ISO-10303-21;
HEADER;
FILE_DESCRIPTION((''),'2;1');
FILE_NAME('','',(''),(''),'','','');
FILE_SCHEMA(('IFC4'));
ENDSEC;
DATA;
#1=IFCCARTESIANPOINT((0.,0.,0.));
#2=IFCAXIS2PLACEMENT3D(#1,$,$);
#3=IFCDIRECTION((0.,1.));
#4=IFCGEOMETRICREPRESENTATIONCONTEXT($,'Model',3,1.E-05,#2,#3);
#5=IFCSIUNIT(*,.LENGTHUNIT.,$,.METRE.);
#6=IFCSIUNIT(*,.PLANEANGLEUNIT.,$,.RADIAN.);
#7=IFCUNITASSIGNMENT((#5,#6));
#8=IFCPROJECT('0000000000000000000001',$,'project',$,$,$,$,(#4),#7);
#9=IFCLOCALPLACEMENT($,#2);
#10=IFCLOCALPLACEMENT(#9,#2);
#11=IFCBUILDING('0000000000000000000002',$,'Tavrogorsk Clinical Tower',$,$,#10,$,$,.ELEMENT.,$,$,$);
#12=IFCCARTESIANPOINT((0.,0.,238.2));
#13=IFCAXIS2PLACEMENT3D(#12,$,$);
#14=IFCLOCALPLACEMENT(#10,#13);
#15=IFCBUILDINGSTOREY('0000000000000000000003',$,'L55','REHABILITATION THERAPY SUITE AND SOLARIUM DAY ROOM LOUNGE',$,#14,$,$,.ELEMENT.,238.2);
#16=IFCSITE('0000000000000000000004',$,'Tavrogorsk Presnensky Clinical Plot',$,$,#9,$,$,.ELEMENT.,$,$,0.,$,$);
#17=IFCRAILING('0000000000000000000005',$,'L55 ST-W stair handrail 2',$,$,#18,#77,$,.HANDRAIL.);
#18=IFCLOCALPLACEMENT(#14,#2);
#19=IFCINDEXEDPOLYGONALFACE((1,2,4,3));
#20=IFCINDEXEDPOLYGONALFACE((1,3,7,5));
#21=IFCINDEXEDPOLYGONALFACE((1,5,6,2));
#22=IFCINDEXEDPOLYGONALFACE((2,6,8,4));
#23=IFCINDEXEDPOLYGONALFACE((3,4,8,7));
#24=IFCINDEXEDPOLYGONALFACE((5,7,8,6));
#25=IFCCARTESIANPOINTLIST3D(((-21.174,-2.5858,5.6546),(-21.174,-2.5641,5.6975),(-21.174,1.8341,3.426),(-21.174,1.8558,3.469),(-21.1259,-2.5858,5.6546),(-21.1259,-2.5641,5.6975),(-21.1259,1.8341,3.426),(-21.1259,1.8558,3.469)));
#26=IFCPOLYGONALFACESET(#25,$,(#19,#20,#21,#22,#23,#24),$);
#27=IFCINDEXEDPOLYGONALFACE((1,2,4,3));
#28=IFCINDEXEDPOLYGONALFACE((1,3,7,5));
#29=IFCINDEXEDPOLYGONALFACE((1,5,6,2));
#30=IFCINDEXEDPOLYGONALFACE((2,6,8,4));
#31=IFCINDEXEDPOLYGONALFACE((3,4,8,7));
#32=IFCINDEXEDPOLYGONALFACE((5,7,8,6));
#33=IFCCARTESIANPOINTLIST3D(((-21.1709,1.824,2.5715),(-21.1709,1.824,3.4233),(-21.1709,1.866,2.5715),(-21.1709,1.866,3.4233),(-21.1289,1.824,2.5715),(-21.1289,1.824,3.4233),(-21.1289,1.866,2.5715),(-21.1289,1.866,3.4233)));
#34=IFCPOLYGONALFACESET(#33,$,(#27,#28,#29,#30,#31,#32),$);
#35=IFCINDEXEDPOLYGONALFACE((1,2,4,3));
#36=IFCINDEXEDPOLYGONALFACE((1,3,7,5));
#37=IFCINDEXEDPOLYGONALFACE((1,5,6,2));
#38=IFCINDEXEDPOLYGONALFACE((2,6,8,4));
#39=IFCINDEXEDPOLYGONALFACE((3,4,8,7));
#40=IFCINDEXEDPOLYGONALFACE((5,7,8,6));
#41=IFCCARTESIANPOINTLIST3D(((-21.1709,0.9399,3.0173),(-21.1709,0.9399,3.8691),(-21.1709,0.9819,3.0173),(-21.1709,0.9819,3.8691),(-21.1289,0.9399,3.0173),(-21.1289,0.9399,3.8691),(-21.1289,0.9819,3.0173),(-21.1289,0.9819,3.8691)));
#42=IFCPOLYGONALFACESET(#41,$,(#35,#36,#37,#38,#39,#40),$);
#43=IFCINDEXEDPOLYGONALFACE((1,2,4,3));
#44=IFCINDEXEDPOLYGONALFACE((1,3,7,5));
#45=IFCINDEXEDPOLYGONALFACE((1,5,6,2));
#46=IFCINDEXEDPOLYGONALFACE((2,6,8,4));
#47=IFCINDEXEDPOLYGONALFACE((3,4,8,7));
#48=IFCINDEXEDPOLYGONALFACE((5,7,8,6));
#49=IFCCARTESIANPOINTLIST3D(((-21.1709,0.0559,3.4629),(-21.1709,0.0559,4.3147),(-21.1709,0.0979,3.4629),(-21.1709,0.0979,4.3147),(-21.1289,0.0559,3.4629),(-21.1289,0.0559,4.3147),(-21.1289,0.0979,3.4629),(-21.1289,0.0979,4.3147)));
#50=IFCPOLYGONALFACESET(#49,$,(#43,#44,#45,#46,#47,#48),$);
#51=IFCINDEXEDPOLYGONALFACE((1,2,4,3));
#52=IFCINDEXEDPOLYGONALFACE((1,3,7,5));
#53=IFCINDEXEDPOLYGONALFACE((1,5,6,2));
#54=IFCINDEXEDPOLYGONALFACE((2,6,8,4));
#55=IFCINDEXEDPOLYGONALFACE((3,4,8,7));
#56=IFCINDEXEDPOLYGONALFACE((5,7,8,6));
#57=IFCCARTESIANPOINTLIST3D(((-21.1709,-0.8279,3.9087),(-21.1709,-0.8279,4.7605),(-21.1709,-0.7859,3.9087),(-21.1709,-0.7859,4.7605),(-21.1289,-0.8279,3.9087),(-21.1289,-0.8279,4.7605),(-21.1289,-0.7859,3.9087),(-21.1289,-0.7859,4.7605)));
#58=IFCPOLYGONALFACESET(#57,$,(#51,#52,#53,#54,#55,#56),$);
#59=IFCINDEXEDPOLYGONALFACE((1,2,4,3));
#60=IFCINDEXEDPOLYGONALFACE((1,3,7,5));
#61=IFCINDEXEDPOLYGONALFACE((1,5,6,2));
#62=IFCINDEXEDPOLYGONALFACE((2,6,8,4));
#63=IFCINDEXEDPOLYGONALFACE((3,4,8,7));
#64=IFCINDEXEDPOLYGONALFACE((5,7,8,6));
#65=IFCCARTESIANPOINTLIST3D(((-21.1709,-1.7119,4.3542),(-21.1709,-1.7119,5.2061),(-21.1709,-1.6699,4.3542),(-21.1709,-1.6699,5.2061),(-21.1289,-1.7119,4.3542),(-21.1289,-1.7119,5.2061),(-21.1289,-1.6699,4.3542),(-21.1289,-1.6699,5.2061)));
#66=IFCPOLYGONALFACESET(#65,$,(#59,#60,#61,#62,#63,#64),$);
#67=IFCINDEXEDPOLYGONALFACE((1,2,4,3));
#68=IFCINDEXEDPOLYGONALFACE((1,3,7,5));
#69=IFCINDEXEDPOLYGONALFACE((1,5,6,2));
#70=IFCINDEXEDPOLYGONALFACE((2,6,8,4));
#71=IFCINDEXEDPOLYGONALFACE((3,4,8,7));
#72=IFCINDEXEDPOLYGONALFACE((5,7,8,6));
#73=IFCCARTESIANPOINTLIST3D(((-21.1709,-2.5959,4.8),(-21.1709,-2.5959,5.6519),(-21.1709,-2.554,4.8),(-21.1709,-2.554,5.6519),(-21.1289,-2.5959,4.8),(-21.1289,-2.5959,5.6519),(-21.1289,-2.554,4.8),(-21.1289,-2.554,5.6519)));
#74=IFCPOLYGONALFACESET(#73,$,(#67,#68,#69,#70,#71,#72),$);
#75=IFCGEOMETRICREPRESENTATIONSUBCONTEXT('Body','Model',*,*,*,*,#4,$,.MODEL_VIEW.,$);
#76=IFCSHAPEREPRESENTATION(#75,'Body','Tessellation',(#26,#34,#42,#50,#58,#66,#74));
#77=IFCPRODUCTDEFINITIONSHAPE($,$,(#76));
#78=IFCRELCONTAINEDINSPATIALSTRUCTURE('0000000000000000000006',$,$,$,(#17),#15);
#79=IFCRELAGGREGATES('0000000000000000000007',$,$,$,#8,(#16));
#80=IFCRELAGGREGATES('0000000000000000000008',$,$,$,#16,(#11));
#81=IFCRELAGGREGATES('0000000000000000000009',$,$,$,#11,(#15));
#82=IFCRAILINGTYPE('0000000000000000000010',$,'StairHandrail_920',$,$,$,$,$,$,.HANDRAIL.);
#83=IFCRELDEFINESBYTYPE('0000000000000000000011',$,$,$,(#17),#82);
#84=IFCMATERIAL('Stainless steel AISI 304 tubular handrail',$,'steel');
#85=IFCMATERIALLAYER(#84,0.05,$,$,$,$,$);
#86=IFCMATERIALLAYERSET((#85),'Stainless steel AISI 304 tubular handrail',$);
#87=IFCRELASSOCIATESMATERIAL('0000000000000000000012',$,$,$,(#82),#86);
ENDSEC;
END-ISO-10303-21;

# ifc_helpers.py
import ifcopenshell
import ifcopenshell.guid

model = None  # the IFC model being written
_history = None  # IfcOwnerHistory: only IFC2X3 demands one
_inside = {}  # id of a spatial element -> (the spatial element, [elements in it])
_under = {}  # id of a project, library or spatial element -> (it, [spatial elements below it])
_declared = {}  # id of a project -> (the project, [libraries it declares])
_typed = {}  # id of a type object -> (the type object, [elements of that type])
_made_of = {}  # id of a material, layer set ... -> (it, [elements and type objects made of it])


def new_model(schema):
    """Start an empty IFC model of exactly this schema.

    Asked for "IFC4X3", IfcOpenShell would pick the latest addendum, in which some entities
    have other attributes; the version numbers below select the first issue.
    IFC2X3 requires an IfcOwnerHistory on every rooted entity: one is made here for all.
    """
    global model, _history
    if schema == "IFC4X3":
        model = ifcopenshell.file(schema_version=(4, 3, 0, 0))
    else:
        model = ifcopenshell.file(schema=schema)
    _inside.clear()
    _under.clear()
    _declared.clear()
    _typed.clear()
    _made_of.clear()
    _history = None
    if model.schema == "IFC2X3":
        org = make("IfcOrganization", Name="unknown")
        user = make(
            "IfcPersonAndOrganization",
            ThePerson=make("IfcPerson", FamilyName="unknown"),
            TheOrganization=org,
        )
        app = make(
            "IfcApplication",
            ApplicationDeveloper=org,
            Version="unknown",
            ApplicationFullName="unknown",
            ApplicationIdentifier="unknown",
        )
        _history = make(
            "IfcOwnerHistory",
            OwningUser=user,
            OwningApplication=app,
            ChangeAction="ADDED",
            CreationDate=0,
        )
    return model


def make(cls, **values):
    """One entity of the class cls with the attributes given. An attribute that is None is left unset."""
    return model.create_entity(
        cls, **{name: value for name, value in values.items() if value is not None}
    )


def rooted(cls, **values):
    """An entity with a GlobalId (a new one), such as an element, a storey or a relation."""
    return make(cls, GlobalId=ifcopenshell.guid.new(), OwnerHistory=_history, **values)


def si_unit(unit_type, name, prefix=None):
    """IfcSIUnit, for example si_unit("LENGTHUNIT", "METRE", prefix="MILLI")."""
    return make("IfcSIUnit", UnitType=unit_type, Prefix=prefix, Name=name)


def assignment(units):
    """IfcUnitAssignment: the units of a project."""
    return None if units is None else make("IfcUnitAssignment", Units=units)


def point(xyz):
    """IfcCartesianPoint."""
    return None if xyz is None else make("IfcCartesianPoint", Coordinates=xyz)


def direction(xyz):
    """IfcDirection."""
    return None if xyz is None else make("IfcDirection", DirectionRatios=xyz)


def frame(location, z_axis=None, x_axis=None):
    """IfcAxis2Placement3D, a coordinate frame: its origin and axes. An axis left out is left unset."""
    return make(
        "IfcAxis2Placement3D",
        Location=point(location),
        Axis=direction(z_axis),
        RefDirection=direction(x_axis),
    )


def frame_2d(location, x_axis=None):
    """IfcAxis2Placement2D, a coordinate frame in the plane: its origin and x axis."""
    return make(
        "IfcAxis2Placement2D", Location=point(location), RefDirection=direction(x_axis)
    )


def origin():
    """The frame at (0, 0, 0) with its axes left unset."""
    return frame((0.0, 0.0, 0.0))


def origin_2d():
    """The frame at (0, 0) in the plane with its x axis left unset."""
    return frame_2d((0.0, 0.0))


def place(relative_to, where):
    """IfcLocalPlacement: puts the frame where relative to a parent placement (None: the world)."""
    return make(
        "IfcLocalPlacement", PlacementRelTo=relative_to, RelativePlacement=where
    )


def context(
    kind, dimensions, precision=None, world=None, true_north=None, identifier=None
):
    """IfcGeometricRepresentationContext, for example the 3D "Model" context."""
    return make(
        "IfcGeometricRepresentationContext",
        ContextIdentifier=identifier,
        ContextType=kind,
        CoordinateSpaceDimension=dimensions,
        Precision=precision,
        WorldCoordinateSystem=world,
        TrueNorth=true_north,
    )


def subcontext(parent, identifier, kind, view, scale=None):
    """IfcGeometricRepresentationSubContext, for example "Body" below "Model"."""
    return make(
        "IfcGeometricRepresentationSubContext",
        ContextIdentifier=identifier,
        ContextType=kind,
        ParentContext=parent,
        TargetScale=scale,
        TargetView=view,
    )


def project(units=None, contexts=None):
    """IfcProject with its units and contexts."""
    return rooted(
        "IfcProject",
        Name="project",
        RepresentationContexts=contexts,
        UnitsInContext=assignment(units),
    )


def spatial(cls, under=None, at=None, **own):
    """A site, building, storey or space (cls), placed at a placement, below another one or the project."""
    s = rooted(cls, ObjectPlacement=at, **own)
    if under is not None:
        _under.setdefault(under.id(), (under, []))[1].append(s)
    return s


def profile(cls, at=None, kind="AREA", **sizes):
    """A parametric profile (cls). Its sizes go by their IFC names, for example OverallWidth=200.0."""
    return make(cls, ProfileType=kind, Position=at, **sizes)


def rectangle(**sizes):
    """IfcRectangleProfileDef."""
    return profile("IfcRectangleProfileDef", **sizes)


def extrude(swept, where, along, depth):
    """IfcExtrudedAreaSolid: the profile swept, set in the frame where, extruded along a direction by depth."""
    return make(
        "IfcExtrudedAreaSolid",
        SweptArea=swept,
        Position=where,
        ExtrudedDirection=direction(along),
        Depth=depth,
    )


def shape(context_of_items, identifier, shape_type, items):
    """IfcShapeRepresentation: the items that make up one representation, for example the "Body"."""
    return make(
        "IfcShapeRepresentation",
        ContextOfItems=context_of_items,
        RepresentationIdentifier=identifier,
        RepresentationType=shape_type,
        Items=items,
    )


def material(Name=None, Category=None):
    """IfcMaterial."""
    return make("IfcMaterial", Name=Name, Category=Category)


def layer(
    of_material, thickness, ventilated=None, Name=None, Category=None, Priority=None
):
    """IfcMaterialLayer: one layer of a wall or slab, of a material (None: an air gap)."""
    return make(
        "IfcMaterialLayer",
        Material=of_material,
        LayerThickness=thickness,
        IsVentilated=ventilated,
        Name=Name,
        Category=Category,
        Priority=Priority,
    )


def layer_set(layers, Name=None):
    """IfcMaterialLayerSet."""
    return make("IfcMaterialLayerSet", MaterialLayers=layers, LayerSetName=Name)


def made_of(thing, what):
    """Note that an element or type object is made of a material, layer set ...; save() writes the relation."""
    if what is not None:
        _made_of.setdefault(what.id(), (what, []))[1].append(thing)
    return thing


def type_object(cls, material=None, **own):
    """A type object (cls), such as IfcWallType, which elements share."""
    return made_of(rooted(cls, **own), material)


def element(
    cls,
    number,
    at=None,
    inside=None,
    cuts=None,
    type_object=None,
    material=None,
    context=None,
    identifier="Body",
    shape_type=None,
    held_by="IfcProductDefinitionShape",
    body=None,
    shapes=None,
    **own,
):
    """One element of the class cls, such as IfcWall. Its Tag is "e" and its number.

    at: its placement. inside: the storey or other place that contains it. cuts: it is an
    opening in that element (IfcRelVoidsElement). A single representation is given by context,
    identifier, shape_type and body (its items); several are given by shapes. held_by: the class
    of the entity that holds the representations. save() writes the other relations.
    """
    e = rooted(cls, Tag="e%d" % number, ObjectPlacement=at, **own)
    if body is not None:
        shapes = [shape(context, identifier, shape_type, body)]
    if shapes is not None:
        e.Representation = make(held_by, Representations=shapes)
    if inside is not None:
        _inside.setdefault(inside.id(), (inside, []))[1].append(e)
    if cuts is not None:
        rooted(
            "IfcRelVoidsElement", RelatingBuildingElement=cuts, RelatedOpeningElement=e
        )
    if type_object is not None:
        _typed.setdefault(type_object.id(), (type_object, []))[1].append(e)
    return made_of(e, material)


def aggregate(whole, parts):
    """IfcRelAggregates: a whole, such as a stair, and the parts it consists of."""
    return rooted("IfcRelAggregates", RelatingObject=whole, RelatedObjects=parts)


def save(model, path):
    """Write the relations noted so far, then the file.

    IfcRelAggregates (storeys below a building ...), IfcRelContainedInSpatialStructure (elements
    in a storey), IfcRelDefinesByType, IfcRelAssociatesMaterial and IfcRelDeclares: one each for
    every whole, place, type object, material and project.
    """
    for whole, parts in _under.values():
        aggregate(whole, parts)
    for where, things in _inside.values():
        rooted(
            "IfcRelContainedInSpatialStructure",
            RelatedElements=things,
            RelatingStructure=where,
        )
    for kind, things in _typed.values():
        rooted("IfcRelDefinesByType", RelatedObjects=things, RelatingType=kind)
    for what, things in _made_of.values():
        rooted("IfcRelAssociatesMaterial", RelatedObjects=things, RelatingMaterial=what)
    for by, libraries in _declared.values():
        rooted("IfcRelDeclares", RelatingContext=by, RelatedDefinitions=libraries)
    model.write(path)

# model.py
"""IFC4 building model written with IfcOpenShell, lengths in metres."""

from ifc_helpers import new_model, si_unit, direction, frame, origin, origin_2d, place, context, subcontext, project, spatial, rectangle, extrude, material, layer, layer_set, type_object, element, save


model = new_model("IFC4")

# Units and contexts
model_context = context("Model", 3, precision=1e-05, world=origin(), true_north=direction((0.0, 1.0)))
body_context = subcontext(model_context, "Body", "Model", "MODEL_VIEW")
ifc_project = project(units=[si_unit("LENGTHUNIT", "METRE"), si_unit("PLANEANGLEUNIT", "RADIAN")], contexts=[model_context])

# Site, building, storey
site_placement = place(None, origin())
site = spatial("IfcSite", under=ifc_project, at=site_placement, Name="Tavrogorsk Presnensky Clinical Plot", CompositionType="ELEMENT", RefElevation=0.0)
building_placement = place(site_placement, origin())
building = spatial("IfcBuilding", under=site, at=building_placement, Name="Tavrogorsk Clinical Tower", CompositionType="ELEMENT")
storey_placement = place(building_placement, frame((0.0, 0.0, 238.2)))
storey = spatial("IfcBuildingStorey", under=building, at=storey_placement, Name="L55", Description="REHABILITATION THERAPY SUITE AND SOLARIUM DAY ROOM LOUNGE", CompositionType="ELEMENT", Elevation=238.2)

# Railing
ifc_material_1 = material(Name="Stainless steel AISI 304 tubular handrail", Category="steel")
ifc_layer_1 = layer(ifc_material_1, 0.05)
ifc_layer_set_1 = layer_set([ifc_layer_1], Name="Stainless steel AISI 304 tubular handrail")
railing_type_1 = type_object("IfcRailingType", Name="StairHandrail_920", PredefinedType="HANDRAIL", material=ifc_layer_set_1)
railing_1_placement = place(storey_placement, frame((-21.1499, 1.845, 2.5715)))
element("IfcRailing", 1, at=railing_1_placement, inside=storey, type_object=railing_type_1, Name="L55 ST-W stair handrail 2", PredefinedType="HANDRAIL", context=body_context, shape_type="SweptSolid", body=[
    extrude(rectangle(XDim=0.0481, YDim=0.0481, at=origin_2d()), frame((0.0, 0.0, 0.876), z_axis=(0.0, -0.892923, 0.45021), x_axis=(1.0, 0.0, 0.0)), (0.0, 0.0, 1.0), 4.95),
    extrude(rectangle(XDim=0.042, YDim=0.042, at=origin_2d()), origin(), (0.0, 0.0, 1.0), 0.8518),
    extrude(rectangle(XDim=0.042, YDim=0.042, at=origin_2d()), frame((0.0, -0.884, 0.4458)), (0.0, 0.0, 1.0), 0.8518),
    extrude(rectangle(XDim=0.042, YDim=0.042, at=origin_2d()), frame((0.0, -1.7681, 0.8914)), (0.0, 0.0, 1.0), 0.8518),
    extrude(rectangle(XDim=0.042, YDim=0.042, at=origin_2d()), frame((0.0, -2.6519, 1.3372)), (0.0, 0.0, 1.0), 0.8518),
    extrude(rectangle(XDim=0.042, YDim=0.042, at=origin_2d()), frame((0.0, -3.5359, 1.7827)), (0.0, 0.0, 1.0), 0.8518),
    extrude(rectangle(XDim=0.042, YDim=0.042, at=origin_2d()), frame((0.0, -4.4199, 2.2285)), (0.0, 0.0, 1.0), 0.8518),
])

save(model, "model.ifc")
